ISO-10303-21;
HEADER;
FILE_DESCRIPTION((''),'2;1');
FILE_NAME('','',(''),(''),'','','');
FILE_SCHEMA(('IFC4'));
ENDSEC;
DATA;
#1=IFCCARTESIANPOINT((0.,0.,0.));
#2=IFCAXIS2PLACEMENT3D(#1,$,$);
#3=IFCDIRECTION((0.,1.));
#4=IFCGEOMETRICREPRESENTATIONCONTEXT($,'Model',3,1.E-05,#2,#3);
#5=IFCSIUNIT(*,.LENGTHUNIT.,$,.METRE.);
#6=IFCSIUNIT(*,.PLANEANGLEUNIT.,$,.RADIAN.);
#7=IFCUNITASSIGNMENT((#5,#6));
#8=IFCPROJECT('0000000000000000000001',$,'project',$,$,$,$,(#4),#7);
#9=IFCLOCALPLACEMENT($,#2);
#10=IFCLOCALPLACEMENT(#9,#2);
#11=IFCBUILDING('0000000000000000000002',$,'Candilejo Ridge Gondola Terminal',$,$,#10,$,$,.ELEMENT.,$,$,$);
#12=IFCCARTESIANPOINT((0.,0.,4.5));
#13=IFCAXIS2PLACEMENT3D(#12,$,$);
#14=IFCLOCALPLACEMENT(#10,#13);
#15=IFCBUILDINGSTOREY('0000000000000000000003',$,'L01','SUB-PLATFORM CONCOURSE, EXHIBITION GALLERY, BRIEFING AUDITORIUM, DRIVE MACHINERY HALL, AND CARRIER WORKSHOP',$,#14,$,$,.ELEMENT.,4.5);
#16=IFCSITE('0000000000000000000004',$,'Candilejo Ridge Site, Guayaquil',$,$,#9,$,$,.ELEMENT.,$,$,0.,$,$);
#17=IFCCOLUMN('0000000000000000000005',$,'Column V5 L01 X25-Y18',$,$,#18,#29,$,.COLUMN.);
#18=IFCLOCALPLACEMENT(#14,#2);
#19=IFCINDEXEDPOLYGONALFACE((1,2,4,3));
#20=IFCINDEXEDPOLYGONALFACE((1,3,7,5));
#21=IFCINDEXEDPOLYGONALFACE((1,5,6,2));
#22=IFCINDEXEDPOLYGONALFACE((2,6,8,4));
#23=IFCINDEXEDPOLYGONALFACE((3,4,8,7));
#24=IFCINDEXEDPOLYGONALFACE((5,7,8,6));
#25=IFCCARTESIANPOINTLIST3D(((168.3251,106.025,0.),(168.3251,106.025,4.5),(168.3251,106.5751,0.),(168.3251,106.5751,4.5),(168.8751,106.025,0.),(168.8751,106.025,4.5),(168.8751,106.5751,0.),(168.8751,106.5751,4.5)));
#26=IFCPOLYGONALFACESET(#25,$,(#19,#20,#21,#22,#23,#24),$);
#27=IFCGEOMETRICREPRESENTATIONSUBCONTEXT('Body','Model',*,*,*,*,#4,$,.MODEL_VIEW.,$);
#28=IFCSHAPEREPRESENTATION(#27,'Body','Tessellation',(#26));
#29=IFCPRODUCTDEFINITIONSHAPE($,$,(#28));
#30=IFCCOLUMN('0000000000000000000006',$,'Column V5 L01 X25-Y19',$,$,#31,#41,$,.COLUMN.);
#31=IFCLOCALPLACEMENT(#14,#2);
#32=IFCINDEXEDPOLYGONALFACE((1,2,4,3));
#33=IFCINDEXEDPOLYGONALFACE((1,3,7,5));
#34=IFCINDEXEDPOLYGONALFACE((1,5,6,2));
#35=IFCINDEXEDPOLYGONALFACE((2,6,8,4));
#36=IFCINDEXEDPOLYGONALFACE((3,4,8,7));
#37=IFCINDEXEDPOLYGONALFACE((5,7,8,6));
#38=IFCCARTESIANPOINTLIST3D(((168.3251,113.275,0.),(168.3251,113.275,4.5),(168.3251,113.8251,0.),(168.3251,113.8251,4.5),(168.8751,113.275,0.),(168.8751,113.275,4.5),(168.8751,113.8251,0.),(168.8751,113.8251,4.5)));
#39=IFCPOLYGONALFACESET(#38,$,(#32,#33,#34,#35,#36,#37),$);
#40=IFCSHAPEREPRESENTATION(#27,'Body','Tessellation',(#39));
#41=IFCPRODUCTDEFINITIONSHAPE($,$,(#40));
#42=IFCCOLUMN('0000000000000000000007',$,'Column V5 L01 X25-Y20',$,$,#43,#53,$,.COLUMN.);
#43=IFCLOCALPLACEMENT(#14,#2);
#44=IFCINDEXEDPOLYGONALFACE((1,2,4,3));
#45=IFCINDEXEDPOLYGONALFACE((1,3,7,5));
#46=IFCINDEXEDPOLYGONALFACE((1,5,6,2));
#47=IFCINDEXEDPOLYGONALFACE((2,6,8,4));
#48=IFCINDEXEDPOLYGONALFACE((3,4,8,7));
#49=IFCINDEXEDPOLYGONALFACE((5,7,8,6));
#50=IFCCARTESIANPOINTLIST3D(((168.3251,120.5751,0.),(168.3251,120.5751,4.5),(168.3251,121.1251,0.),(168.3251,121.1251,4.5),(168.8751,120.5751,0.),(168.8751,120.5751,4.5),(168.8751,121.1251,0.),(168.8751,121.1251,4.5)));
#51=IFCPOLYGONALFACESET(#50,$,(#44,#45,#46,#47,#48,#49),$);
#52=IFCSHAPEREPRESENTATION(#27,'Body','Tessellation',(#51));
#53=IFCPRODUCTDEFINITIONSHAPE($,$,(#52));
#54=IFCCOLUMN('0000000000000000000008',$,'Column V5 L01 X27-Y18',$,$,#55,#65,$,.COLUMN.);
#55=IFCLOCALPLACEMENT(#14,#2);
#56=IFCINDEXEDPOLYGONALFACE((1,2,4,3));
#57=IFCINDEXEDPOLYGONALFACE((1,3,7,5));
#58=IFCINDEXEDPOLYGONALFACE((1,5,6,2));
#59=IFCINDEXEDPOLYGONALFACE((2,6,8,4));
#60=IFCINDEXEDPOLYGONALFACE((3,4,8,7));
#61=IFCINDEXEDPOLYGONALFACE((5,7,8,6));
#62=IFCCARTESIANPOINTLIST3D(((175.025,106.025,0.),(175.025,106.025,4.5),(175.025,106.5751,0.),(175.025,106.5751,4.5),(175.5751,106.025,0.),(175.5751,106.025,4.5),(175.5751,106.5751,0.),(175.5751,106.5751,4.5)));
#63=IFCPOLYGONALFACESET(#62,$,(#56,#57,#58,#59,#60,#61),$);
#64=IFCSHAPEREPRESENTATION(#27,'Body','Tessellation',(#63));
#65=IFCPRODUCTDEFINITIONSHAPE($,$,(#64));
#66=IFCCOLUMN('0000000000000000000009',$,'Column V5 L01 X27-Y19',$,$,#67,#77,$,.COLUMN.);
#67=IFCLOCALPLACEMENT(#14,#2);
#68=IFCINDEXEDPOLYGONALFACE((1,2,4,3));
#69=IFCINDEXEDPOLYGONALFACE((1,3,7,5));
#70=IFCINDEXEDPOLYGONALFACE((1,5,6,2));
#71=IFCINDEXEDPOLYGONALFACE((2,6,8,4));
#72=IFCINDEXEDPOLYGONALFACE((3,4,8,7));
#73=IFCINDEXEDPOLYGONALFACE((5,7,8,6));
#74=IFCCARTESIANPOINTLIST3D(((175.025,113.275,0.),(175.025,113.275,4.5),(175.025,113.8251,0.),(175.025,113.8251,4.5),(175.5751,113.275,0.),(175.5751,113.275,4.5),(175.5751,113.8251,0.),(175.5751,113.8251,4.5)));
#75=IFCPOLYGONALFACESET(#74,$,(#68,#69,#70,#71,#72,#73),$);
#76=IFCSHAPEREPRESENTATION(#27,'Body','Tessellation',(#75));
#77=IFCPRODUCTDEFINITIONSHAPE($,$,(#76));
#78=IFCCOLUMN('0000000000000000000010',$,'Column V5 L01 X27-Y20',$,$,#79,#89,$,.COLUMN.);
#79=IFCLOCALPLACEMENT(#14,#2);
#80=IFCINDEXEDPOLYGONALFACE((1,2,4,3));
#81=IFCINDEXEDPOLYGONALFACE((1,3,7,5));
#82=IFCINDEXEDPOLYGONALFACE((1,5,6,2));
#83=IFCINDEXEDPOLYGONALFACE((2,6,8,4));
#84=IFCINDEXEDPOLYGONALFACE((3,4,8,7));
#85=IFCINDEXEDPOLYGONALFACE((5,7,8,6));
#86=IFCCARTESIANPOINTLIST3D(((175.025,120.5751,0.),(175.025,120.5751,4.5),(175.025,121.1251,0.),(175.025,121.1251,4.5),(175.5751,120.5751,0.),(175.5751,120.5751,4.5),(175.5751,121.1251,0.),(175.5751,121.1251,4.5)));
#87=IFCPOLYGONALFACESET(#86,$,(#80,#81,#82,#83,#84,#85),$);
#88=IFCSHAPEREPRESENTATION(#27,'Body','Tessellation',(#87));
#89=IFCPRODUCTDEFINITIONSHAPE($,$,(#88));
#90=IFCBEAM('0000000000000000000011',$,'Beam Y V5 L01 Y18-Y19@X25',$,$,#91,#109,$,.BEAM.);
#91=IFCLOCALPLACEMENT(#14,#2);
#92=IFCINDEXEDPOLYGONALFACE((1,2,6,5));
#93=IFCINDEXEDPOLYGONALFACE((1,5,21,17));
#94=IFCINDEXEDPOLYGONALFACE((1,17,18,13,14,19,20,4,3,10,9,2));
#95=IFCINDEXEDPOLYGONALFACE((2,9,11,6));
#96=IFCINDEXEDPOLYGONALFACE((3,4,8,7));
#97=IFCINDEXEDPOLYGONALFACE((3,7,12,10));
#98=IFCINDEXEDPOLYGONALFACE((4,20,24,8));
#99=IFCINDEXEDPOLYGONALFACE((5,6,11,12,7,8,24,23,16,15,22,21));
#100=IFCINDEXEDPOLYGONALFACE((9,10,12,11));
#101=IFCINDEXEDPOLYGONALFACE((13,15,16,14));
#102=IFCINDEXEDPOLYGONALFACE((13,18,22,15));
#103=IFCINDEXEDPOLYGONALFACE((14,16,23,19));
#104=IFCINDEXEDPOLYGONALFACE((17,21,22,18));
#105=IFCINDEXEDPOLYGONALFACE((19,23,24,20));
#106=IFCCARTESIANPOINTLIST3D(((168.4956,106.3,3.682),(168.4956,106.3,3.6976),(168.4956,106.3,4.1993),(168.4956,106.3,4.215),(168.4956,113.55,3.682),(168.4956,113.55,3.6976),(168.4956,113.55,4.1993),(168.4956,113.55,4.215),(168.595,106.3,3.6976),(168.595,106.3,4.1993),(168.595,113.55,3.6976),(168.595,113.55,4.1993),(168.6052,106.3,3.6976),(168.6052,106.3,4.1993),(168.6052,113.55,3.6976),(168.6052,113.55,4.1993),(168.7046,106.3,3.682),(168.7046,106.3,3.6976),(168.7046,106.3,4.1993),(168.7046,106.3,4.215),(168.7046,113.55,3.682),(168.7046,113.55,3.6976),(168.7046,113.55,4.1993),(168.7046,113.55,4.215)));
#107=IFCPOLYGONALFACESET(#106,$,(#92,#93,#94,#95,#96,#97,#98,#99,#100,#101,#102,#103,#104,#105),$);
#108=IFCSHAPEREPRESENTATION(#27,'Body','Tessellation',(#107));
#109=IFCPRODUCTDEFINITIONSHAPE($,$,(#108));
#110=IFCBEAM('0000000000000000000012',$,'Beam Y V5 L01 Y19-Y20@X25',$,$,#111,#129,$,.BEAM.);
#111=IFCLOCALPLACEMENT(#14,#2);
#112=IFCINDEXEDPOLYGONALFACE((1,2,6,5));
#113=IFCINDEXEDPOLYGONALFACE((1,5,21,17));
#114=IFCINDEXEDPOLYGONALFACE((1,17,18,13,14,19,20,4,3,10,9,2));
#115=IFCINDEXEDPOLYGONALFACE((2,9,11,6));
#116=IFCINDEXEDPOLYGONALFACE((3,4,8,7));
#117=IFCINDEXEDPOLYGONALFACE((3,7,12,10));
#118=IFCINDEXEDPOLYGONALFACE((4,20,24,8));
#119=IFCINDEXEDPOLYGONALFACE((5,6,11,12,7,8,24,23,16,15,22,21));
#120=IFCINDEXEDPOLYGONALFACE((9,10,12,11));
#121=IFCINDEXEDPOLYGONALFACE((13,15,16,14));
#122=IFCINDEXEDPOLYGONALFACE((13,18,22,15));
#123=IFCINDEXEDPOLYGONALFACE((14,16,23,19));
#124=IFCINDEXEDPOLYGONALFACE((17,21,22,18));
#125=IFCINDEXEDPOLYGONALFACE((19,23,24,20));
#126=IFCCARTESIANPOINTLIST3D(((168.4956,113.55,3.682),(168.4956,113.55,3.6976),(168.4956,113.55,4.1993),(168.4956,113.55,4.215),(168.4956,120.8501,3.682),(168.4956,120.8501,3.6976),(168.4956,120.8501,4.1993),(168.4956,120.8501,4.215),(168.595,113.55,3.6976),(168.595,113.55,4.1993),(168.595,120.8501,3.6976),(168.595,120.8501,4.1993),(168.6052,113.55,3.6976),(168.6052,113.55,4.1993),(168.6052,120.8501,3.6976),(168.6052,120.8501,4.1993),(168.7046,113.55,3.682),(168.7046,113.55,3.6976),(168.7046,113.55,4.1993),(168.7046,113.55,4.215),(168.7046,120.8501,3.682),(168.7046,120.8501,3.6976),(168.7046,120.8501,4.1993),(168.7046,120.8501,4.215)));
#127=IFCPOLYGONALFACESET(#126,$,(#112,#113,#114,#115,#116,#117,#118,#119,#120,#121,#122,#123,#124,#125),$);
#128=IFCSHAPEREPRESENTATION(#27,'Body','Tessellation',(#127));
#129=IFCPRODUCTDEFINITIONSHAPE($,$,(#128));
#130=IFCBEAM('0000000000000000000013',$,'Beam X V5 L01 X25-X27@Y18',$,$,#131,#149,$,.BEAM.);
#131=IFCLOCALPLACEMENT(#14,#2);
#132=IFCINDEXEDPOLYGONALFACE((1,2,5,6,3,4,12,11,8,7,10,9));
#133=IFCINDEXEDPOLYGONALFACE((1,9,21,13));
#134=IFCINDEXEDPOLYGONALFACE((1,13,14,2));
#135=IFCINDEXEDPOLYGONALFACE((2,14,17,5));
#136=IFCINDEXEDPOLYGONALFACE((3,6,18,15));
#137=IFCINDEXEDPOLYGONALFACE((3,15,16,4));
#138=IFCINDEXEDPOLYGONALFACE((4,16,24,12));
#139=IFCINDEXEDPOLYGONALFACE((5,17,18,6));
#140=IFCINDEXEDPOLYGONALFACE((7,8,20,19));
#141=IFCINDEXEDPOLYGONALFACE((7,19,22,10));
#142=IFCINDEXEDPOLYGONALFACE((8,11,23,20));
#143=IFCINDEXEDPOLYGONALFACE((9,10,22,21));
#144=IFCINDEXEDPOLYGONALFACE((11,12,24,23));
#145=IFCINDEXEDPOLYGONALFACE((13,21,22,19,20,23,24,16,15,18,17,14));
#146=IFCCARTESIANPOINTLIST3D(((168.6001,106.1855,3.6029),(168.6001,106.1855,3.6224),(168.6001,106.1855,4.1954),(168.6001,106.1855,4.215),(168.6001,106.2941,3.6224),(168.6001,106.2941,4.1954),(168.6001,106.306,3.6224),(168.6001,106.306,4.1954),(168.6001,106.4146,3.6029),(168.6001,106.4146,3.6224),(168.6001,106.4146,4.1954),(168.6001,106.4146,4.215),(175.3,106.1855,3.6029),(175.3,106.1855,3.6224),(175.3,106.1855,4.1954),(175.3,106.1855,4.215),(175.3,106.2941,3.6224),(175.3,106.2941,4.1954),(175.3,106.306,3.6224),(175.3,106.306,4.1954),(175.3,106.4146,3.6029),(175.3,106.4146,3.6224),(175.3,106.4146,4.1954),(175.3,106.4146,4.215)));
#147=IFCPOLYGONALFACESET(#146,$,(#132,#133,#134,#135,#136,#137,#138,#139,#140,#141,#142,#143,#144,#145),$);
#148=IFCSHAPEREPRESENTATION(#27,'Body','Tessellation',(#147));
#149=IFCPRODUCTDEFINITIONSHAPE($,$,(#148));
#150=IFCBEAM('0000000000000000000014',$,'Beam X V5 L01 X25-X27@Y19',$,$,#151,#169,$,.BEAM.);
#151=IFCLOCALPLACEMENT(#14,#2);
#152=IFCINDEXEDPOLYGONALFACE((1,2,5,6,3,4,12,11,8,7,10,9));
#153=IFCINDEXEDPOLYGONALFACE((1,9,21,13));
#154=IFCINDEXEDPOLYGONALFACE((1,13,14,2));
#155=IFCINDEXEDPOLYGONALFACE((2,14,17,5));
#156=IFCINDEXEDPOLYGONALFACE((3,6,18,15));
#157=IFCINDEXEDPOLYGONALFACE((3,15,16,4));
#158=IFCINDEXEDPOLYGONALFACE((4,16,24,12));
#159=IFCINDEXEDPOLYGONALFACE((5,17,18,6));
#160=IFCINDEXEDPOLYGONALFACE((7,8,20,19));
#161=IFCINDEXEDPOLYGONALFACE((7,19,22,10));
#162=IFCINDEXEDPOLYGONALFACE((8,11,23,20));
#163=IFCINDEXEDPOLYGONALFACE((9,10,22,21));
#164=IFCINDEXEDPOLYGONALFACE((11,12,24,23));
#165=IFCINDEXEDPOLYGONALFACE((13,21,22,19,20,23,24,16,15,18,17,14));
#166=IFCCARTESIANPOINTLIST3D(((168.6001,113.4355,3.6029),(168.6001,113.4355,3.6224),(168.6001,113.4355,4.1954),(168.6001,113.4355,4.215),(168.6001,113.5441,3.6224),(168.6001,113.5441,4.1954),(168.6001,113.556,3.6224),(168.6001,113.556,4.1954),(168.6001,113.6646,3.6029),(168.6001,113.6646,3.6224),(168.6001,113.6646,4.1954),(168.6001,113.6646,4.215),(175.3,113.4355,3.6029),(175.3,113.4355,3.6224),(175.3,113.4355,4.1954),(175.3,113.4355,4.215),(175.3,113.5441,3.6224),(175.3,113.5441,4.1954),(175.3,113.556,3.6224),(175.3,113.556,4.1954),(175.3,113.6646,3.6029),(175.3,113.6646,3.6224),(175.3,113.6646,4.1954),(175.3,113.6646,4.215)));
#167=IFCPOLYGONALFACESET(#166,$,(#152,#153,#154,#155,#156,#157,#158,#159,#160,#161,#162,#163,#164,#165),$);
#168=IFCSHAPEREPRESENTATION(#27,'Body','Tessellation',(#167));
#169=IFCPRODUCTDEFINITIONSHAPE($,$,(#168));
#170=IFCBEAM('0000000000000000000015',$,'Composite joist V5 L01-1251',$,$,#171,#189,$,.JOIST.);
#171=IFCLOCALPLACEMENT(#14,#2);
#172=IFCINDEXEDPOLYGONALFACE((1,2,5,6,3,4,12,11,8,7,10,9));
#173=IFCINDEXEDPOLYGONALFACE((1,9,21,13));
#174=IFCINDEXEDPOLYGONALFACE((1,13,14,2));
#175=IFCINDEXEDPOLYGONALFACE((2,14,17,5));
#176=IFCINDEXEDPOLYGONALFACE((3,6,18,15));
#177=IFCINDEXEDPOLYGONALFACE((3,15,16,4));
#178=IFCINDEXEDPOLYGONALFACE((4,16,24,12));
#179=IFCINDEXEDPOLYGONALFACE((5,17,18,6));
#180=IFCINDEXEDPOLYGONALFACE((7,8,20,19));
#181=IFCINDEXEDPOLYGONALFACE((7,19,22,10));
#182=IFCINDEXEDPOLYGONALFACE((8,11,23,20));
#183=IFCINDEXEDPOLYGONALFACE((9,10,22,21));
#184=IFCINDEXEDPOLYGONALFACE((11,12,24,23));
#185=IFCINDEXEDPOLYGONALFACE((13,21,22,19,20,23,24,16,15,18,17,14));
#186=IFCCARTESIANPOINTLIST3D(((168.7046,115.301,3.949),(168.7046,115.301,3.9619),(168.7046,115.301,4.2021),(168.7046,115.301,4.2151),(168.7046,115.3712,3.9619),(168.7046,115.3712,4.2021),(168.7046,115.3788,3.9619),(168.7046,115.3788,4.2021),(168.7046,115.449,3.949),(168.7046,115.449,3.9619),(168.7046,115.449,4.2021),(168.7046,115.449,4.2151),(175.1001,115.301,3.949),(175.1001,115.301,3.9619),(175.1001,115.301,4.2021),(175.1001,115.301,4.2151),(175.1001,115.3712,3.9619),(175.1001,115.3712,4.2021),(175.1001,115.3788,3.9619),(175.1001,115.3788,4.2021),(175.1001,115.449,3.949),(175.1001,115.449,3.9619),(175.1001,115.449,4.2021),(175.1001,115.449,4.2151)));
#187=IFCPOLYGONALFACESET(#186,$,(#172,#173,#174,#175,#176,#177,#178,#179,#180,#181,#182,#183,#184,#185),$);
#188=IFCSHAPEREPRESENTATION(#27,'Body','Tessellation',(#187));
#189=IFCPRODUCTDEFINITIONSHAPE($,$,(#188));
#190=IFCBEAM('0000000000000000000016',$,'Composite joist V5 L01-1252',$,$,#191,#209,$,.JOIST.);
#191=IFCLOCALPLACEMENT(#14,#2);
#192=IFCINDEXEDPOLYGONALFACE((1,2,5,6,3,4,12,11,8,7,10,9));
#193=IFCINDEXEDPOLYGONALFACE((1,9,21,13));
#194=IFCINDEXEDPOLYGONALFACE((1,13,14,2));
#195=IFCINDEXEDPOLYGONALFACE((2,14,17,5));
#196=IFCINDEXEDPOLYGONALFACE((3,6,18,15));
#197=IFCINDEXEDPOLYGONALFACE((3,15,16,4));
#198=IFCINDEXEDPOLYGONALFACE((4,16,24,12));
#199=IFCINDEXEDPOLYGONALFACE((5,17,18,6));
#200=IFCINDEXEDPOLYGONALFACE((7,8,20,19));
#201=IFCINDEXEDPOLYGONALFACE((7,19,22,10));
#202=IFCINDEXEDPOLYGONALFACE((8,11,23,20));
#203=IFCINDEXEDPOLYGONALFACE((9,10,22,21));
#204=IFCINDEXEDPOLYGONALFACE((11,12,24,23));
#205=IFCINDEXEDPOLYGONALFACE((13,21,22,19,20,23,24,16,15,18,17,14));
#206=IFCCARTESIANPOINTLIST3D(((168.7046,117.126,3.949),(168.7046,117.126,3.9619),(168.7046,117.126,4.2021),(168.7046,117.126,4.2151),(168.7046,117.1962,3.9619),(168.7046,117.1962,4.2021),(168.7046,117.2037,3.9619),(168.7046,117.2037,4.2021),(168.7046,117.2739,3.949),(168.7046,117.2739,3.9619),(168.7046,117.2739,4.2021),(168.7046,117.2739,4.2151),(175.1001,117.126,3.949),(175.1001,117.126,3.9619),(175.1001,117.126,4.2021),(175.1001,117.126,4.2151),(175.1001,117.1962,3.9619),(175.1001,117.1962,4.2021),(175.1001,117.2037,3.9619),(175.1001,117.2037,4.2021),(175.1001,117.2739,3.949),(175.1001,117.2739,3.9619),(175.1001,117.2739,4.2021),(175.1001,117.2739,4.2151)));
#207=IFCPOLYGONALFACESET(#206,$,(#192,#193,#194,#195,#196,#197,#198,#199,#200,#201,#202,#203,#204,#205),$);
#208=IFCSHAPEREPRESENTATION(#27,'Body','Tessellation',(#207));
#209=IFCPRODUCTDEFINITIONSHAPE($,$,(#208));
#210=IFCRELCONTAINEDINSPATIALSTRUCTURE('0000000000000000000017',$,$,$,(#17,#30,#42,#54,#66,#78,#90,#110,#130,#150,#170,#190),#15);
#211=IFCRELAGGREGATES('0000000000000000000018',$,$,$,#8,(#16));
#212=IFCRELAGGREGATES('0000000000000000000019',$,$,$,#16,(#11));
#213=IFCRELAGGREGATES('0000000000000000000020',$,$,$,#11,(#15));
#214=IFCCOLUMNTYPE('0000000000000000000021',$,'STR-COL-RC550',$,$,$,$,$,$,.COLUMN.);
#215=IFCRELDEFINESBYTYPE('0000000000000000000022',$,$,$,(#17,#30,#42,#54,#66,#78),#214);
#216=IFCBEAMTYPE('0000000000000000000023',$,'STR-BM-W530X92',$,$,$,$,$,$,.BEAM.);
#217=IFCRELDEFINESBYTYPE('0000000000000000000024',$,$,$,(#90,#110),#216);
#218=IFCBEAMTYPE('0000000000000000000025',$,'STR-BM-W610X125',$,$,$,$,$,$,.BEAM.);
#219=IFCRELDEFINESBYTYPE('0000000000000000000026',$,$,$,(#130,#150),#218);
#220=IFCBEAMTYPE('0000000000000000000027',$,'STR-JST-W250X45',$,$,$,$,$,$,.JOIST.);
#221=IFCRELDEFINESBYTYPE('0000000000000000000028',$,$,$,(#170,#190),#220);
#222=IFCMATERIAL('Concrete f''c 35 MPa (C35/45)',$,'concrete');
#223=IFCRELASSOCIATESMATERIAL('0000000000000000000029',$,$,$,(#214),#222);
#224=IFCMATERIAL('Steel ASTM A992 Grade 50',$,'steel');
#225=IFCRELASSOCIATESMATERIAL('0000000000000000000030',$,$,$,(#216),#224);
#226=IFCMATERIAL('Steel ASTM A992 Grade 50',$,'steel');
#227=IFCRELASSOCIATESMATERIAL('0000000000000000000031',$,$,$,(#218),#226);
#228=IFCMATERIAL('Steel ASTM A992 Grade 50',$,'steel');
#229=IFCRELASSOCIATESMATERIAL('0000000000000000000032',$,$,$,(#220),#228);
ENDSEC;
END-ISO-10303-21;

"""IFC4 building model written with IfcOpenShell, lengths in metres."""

from ifc_helpers import new_model, si_unit, direction, frame, origin, origin_2d, place, context, subcontext, project, spatial, rectangle, i_section, extrude, material, material_profile, profile_set, type_object, element, save


model = new_model("IFC4")

# Units and contexts
model_context = context("Model", 3, precision=1e-05, world=origin(), true_north=direction((0.0, 1.0)))
body_context = subcontext(model_context, "Body", "Model", "MODEL_VIEW")
ifc_project = project(units=[si_unit("LENGTHUNIT", "METRE"), si_unit("PLANEANGLEUNIT", "RADIAN")], contexts=[model_context])

# Site, building, storey
site_placement = place(None, origin())
site = spatial("IfcSite", under=ifc_project, at=site_placement, Name="Candilejo Ridge Site, Guayaquil", CompositionType="ELEMENT", RefElevation=0.0)
building_placement = place(site_placement, origin())
building = spatial("IfcBuilding", under=site, at=building_placement, Name="Candilejo Ridge Gondola Terminal", CompositionType="ELEMENT")
storey_placement = place(building_placement, frame((0.0, 0.0, 4.5)))
storey = spatial("IfcBuildingStorey", under=building, at=storey_placement, Name="L01", Description="SUB-PLATFORM CONCOURSE, EXHIBITION GALLERY, BRIEFING AUDITORIUM, DRIVE MACHINERY HALL, AND CARRIER WORKSHOP", CompositionType="ELEMENT", Elevation=4.5)

# Columns
ifc_material_1 = material(Name="Concrete f'c 35 MPa (C35/45)", Category="concrete")
ifc_material_profile_1 = material_profile(ifc_material_1, rectangle(XDim=0.55, YDim=0.55, at=origin_2d()))
ifc_profile_set_1 = profile_set([ifc_material_profile_1], Name="Concrete f'c 35 MPa (C35/45)")
column_type = type_object("IfcColumnType", Name="STR-COL-RC550", PredefinedType="COLUMN", material=ifc_profile_set_1)
for number, where, z_axis, x_axis, name in (
    (1, (168.6001, 106.3, 0.0), (0.0, 0.0, 1.0), (1.0, 0.0, 0.0), "Column V5 L01 X25-Y18"),
    (2, (168.6001, 113.55, 0.0), (0.0, 0.0, 1.0), (1.0, 0.0, 0.0), "Column V5 L01 X25-Y19"),
    (3, (168.6001, 120.8501, 0.0), (0.0, 0.0, 1.0), (1.0, 0.0, 0.0), "Column V5 L01 X25-Y20"),
    (4, (175.3, 106.3, 0.0), (0.0, 0.0, 1.0), (1.0, 0.0, 0.0), "Column V5 L01 X27-Y18"),
    (5, (175.3, 113.55, 0.0), (0.0, 0.0, 1.0), (1.0, 0.0, 0.0), "Column V5 L01 X27-Y19"),
    (6, (175.3, 120.8501, 0.0), (0.0, 0.0, 1.0), (1.0, 0.0, 0.0), "Column V5 L01 X27-Y20"),
):
    element("IfcColumn", number, at=place(storey_placement, frame(where, z_axis=z_axis, x_axis=x_axis)), inside=storey, type_object=column_type, Name=name, PredefinedType="COLUMN", context=body_context, shape_type="SweptSolid", body=[
        extrude(rectangle(XDim=0.55, YDim=0.55, at=origin_2d()), origin(), (0.0, 0.0, 1.0), 4.5),
    ])

# Beams
ifc_material_2 = material(Name="Steel ASTM A992 Grade 50", Category="steel")
ifc_material_profile_2 = material_profile(ifc_material_2, i_section(OverallWidth=0.209, OverallDepth=0.533, WebThickness=0.0103, FlangeThickness=0.0156, at=origin_2d()))
ifc_profile_set_2 = profile_set([ifc_material_profile_2], Name="Steel ASTM A992 Grade 50")
beam_type_1 = type_object("IfcBeamType", Name="STR-BM-W530X92", PredefinedType="BEAM", material=ifc_profile_set_2)
beam_1_placement = place(storey_placement, frame((168.6001, 106.3, 3.9485), z_axis=(0.0, 1.0, 0.0), x_axis=(-1.0, 0.0, 0.0)))
element("IfcBeam", 7, at=beam_1_placement, inside=storey, type_object=beam_type_1, Name="Beam Y V5 L01 Y18-Y19@X25", PredefinedType="BEAM", context=body_context, shape_type="SweptSolid", body=[
    extrude(i_section(OverallWidth=0.209, OverallDepth=0.533, WebThickness=0.0103, FlangeThickness=0.0156, at=origin_2d()), origin(), (0.0, 0.0, 1.0), 7.25),
])
beam_2_placement = place(storey_placement, frame((168.6001, 113.55, 3.9485), z_axis=(0.0, 1.0, 0.0), x_axis=(-1.0, 0.0, 0.0)))
element("IfcBeam", 8, at=beam_2_placement, inside=storey, type_object=beam_type_1, Name="Beam Y V5 L01 Y19-Y20@X25", PredefinedType="BEAM", context=body_context, shape_type="SweptSolid", body=[
    extrude(i_section(OverallWidth=0.209, OverallDepth=0.533, WebThickness=0.0103, FlangeThickness=0.0156, at=origin_2d()), origin(), (0.0, 0.0, 1.0), 7.3),
])
ifc_material_3 = material(Name="Steel ASTM A992 Grade 50", Category="steel")
ifc_material_profile_3 = material_profile(ifc_material_3, i_section(OverallWidth=0.229, OverallDepth=0.6121, WebThickness=0.012, FlangeThickness=0.0195, at=origin_2d()))
ifc_profile_set_3 = profile_set([ifc_material_profile_3], Name="Steel ASTM A992 Grade 50")
beam_type_2 = type_object("IfcBeamType", Name="STR-BM-W610X125", PredefinedType="BEAM", material=ifc_profile_set_3)
for number, where, z_axis, x_axis, name in (
    (9, (168.6001, 106.3, 3.9089), (1.0, 0.0, 0.0), (0.0, 1.0, 0.0), "Beam X V5 L01 X25-X27@Y18"),
    (10, (168.6001, 113.55, 3.9089), (1.0, 0.0, 0.0), (0.0, 1.0, 0.0), "Beam X V5 L01 X25-X27@Y19"),
):
    element("IfcBeam", number, at=place(storey_placement, frame(where, z_axis=z_axis, x_axis=x_axis)), inside=storey, type_object=beam_type_2, Name=name, PredefinedType="BEAM", context=body_context, shape_type="SweptSolid", body=[
        extrude(i_section(OverallWidth=0.229, OverallDepth=0.6121, WebThickness=0.012, FlangeThickness=0.0195, at=origin_2d()), origin(), (0.0, 0.0, 1.0), 6.7),
    ])
ifc_material_4 = material(Name="Steel ASTM A992 Grade 50", Category="steel")
ifc_material_profile_4 = material_profile(ifc_material_4, i_section(OverallWidth=0.1479, OverallDepth=0.2661, WebThickness=0.0076, FlangeThickness=0.0129, at=origin_2d()))
ifc_profile_set_4 = profile_set([ifc_material_profile_4], Name="Steel ASTM A992 Grade 50")
beam_type_3 = type_object("IfcBeamType", Name="STR-JST-W250X45", PredefinedType="JOIST", material=ifc_profile_set_4)
for number, where, z_axis, x_axis, name in (
    (11, (168.7046, 115.375, 4.082), (1.0, 0.0, 0.0), (0.0, 1.0, 0.0), "Composite joist V5 L01-1251"),
    (12, (168.7046, 117.2, 4.082), (1.0, 0.0, 0.0), (0.0, 1.0, 0.0), "Composite joist V5 L01-1252"),
):
    element("IfcBeam", number, at=place(storey_placement, frame(where, z_axis=z_axis, x_axis=x_axis)), inside=storey, type_object=beam_type_3, Name=name, PredefinedType="JOIST", context=body_context, shape_type="SweptSolid", body=[
        extrude(i_section(OverallWidth=0.1479, OverallDepth=0.2661, WebThickness=0.0076, FlangeThickness=0.0129, at=origin_2d()), origin(), (0.0, 0.0, 1.0), 6.3955),
    ])

save(model, "model.ifc")
